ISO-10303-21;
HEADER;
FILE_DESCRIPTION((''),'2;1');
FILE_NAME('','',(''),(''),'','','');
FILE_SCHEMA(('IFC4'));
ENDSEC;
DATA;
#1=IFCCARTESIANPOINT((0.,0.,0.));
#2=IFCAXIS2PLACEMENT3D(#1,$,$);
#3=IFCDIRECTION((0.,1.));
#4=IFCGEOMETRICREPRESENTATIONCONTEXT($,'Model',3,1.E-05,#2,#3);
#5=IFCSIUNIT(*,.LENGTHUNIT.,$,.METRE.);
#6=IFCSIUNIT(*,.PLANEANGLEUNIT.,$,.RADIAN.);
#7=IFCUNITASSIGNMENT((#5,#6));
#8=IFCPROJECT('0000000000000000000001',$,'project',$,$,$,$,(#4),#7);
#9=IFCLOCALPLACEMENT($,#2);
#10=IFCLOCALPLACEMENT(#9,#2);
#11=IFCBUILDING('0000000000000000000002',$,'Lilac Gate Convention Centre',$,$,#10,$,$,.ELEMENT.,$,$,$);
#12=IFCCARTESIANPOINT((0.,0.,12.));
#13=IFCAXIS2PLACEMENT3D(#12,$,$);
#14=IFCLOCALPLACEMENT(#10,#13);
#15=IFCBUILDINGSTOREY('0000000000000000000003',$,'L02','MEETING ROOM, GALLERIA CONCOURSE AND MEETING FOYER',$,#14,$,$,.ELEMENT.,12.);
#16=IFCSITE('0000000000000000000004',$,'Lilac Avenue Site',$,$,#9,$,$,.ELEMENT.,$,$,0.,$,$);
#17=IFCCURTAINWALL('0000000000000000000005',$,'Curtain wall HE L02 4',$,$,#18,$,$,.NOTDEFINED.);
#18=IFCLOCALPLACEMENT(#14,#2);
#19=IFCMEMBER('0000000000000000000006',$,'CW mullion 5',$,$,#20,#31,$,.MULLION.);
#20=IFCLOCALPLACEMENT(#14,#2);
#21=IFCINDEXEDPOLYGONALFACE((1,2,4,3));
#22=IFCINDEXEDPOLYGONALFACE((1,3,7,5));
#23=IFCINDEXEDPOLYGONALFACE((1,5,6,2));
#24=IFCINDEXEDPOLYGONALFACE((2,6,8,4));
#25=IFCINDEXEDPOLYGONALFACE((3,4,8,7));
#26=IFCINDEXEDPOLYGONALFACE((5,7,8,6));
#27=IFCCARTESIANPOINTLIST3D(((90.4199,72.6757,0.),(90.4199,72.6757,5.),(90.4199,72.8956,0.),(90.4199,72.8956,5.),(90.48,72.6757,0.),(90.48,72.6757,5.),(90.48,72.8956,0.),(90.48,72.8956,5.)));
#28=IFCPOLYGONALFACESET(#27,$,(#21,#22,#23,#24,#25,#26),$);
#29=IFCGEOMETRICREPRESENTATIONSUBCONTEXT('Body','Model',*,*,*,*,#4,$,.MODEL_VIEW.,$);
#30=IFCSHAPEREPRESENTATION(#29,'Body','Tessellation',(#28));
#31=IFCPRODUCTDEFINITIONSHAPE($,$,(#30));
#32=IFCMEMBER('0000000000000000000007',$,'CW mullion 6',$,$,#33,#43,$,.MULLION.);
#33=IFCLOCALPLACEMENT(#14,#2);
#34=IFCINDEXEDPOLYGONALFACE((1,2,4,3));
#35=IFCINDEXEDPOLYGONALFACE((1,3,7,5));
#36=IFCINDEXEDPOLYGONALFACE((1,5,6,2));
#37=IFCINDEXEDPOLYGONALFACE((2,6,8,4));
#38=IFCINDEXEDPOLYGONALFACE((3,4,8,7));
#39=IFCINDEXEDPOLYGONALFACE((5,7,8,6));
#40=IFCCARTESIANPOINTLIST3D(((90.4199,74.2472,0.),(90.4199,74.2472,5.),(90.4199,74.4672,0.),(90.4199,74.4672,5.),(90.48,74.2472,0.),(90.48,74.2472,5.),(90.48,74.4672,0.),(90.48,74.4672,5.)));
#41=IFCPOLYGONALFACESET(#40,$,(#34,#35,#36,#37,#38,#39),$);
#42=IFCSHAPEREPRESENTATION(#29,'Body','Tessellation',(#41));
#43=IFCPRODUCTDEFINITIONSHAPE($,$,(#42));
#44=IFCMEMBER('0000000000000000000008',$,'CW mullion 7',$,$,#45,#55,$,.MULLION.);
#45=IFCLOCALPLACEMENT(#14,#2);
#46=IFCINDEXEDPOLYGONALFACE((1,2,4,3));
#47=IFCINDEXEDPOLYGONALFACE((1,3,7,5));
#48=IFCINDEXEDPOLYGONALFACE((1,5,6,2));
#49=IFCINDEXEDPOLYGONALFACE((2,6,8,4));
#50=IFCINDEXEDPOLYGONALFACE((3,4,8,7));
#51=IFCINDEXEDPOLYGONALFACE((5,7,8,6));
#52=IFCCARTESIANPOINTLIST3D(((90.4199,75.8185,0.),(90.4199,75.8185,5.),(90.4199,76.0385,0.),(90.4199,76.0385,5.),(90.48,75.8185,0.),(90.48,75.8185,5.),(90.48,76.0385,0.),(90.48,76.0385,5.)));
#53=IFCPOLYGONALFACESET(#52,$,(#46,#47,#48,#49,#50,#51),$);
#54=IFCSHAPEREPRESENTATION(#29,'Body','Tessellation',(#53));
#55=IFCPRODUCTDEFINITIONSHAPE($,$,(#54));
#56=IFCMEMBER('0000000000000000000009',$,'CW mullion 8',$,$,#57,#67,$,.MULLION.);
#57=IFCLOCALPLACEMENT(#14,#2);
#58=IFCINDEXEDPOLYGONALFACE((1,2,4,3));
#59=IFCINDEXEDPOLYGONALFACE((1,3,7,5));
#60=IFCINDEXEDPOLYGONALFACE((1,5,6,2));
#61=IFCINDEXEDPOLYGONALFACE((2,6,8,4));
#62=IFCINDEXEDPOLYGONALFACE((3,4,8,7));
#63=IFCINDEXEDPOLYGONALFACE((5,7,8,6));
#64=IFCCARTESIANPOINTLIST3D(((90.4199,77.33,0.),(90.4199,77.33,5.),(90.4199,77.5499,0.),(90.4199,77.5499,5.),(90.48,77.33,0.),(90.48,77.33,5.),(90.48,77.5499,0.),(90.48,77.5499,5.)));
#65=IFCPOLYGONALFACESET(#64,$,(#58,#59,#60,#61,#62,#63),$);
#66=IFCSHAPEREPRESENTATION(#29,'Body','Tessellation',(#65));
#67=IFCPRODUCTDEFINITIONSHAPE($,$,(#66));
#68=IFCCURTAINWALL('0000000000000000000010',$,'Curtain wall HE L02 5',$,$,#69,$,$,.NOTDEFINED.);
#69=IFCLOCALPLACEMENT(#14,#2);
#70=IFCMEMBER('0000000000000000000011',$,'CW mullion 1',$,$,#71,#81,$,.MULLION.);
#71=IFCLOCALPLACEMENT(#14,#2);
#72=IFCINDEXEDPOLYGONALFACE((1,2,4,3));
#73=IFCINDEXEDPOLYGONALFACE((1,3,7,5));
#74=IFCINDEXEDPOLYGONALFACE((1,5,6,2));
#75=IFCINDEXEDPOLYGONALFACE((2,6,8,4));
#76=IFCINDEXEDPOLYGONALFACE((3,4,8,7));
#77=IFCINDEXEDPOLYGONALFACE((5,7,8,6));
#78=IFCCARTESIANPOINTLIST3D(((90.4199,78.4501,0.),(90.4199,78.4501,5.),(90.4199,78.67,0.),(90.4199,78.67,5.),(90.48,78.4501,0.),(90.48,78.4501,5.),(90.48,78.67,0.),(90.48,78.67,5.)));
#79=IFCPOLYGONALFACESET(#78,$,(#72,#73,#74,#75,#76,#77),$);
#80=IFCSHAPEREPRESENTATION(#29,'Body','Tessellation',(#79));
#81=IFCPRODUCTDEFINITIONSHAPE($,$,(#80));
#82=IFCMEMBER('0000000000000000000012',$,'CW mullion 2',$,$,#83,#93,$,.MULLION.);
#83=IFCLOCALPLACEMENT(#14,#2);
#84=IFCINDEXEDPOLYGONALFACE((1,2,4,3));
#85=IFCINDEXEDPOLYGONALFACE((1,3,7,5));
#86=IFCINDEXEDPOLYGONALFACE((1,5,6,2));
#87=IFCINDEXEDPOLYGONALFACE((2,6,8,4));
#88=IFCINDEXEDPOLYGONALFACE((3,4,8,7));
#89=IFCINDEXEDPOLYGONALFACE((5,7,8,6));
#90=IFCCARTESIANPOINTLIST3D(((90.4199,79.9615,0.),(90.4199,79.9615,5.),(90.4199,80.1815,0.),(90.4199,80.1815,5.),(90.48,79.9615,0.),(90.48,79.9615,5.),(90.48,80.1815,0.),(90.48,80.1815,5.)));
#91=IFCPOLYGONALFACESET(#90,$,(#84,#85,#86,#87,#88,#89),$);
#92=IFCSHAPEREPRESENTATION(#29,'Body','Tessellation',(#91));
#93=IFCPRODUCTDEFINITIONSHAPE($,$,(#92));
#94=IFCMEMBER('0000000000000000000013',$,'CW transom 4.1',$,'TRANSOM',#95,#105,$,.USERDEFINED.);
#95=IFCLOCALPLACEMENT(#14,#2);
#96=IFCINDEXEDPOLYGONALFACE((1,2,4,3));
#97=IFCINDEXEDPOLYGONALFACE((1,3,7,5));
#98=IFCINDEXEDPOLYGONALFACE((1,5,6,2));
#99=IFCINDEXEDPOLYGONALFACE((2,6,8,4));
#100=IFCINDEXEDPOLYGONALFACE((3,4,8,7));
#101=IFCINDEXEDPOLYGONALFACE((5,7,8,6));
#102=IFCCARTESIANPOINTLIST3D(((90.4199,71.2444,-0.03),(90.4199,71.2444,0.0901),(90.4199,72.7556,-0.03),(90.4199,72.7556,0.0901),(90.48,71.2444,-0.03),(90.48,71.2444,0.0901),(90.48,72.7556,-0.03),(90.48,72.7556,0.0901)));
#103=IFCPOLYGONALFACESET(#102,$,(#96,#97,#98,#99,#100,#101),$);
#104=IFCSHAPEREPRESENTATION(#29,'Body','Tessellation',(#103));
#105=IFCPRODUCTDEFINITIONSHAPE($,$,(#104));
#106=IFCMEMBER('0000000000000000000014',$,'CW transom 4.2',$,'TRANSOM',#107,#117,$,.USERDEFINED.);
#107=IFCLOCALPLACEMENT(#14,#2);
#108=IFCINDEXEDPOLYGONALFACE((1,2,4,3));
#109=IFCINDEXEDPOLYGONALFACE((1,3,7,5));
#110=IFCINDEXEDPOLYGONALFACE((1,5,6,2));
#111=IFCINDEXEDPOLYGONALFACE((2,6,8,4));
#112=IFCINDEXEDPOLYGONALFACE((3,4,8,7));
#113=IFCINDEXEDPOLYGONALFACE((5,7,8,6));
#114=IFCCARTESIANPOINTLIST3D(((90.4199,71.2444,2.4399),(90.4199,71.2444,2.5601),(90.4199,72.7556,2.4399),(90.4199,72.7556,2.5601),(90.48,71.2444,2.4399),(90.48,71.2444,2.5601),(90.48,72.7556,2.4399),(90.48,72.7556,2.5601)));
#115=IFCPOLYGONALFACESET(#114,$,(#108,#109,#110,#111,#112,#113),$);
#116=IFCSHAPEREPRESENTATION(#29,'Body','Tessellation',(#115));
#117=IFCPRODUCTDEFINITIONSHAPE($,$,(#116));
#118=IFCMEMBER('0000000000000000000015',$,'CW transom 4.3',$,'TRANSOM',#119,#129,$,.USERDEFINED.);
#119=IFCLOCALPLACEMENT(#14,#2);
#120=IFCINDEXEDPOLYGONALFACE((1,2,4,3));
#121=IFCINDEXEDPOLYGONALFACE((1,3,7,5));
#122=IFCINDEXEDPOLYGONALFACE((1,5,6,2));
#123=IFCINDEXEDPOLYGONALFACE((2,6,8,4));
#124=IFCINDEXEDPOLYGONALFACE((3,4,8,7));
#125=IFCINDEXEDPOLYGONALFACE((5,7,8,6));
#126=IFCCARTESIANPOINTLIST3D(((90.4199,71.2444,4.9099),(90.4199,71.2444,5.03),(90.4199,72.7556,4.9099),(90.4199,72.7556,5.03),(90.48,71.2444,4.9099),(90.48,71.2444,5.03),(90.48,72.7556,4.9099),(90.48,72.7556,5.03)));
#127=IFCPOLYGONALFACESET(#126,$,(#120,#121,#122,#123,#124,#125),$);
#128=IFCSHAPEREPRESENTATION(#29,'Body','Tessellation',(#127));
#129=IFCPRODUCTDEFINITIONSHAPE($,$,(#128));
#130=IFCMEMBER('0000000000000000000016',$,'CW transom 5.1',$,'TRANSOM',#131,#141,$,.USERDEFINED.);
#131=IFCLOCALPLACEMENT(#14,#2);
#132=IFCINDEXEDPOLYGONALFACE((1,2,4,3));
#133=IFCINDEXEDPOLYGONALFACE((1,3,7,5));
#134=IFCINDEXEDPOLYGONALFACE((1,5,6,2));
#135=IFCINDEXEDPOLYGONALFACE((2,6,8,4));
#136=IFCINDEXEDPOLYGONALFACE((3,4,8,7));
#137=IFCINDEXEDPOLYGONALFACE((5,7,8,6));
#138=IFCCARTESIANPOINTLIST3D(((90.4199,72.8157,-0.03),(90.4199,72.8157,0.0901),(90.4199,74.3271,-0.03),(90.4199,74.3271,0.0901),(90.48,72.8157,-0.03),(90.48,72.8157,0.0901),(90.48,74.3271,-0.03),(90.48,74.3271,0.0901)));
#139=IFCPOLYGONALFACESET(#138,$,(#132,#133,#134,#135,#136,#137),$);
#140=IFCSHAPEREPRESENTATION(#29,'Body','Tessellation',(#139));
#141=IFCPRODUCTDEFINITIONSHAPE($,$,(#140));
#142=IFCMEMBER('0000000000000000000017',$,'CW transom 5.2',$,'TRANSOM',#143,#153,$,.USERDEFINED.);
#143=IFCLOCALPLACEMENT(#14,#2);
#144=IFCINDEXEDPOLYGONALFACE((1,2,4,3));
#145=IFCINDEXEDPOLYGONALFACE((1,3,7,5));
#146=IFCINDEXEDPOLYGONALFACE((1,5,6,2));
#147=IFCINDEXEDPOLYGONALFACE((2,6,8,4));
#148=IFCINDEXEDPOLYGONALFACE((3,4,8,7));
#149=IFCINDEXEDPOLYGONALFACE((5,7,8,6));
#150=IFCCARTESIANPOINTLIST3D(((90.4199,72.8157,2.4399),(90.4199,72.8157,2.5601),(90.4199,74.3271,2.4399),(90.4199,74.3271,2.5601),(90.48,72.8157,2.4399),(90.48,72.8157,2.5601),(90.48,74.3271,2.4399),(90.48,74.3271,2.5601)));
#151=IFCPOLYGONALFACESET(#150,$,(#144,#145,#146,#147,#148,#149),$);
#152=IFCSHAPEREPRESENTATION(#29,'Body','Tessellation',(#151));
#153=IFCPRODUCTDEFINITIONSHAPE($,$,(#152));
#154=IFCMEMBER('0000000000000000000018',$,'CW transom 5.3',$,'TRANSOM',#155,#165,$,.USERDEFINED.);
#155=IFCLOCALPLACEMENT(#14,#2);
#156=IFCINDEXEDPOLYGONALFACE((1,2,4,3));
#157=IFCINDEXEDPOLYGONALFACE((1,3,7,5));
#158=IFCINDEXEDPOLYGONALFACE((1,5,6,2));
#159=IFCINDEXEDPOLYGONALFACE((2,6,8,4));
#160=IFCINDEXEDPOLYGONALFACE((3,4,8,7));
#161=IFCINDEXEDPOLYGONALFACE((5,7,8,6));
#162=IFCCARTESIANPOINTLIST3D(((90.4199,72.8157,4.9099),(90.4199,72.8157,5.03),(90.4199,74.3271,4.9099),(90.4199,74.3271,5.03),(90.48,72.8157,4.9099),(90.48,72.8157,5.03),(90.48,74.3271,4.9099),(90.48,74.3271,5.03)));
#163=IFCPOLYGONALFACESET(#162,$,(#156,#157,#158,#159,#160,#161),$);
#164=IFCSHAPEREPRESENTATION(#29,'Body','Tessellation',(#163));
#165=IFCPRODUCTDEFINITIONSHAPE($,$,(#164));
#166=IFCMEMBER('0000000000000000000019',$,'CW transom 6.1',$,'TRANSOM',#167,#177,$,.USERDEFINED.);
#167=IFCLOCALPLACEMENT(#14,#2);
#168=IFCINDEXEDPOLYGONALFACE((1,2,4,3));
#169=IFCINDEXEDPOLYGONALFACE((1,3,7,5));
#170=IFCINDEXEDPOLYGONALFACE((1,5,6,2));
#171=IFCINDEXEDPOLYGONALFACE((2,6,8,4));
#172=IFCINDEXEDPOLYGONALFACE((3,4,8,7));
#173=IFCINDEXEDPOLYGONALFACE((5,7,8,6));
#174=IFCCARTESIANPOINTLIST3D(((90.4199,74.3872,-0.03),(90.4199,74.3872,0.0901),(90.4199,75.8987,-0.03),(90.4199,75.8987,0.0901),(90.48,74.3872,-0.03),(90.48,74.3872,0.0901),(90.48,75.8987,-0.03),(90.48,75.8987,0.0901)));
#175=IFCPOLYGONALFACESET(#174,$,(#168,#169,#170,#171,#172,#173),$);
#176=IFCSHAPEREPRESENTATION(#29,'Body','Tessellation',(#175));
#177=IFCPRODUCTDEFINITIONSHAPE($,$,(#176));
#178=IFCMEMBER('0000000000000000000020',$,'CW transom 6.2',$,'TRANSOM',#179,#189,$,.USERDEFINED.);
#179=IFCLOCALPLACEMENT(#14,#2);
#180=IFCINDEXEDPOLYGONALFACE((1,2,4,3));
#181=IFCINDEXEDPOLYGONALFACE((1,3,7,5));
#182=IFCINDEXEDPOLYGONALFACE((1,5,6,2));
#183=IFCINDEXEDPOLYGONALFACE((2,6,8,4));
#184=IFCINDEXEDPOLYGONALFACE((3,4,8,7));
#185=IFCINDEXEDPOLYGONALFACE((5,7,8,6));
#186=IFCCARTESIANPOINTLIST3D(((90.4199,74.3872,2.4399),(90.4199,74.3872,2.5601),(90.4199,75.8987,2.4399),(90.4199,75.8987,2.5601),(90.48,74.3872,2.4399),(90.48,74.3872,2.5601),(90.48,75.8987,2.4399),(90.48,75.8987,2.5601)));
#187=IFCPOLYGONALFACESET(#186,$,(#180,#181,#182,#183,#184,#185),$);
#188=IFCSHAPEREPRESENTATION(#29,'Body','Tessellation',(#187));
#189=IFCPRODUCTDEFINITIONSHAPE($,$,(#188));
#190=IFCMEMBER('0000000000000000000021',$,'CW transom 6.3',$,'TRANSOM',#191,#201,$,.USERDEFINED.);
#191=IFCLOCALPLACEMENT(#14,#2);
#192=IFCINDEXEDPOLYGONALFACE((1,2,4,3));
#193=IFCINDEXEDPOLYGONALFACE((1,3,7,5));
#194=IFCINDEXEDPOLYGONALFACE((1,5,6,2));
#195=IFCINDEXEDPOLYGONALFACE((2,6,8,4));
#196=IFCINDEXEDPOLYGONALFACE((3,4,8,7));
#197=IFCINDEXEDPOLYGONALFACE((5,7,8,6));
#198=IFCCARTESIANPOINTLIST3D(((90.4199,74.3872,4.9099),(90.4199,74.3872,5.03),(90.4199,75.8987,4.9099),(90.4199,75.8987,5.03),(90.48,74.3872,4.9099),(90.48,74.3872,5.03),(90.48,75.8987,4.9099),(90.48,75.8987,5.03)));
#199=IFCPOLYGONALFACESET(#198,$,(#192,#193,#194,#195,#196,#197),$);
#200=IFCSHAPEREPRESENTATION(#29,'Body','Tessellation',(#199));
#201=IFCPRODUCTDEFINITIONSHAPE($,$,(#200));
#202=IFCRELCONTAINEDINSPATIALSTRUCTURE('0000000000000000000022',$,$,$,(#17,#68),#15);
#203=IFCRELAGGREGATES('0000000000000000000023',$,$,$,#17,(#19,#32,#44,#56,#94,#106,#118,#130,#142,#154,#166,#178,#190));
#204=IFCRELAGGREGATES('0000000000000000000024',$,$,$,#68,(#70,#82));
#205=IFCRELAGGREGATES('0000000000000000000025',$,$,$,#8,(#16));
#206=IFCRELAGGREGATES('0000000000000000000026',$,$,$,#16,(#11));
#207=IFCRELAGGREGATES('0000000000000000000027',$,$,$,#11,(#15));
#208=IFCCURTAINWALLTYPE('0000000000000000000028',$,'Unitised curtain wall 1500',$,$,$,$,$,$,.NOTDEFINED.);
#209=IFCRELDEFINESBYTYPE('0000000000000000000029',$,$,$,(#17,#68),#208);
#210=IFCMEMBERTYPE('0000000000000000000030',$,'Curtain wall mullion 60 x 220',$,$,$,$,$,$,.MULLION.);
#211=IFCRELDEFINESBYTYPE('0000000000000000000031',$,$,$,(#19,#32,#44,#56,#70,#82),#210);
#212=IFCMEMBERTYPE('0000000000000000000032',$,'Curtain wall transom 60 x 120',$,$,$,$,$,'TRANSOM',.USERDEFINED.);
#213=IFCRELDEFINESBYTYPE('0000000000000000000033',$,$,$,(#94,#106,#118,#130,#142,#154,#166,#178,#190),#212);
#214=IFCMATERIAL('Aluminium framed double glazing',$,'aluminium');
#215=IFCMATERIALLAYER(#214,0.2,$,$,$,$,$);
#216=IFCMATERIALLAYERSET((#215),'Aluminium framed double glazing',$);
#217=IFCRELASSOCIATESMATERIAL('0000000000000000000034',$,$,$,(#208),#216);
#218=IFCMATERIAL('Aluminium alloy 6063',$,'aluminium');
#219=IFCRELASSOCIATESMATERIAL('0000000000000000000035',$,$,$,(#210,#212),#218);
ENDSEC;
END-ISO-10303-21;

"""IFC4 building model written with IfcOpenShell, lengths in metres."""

from ifc_helpers import new_model, si_unit, direction, frame, origin, origin_2d, place, context, subcontext, project, spatial, rectangle, extrude, material, layer, layer_set, material_profile, profile_set, type_object, element, aggregate, save


model = new_model("IFC4")

# Units and contexts
model_context = context("Model", 3, precision=1e-05, world=origin(), true_north=direction((0.0, 1.0)))
body_context = subcontext(model_context, "Body", "Model", "MODEL_VIEW")
ifc_project = project(units=[si_unit("LENGTHUNIT", "METRE"), si_unit("PLANEANGLEUNIT", "RADIAN")], contexts=[model_context])

# Site, building, storey
site_placement = place(None, origin())
site = spatial("IfcSite", under=ifc_project, at=site_placement, Name="Lilac Avenue Site", CompositionType="ELEMENT", RefElevation=0.0)
building_placement = place(site_placement, origin())
building = spatial("IfcBuilding", under=site, at=building_placement, Name="Lilac Gate Convention Centre", CompositionType="ELEMENT")
storey_placement = place(building_placement, frame((0.0, 0.0, 12.0)))
storey = spatial("IfcBuildingStorey", under=building, at=storey_placement, Name="L02", Description="MEETING ROOM, GALLERIA CONCOURSE AND MEETING FOYER", CompositionType="ELEMENT", Elevation=12.0)

# Curtain walls, members
ifc_material_1 = material(Name="Aluminium framed double glazing", Category="aluminium")
ifc_layer_1 = layer(ifc_material_1, 0.2)
ifc_layer_set_1 = layer_set([ifc_layer_1], Name="Aluminium framed double glazing")
curtain_wall_type = type_object("IfcCurtainWallType", Name="Unitised curtain wall 1500", PredefinedType="NOTDEFINED", material=ifc_layer_set_1)
curtain_wall_1_placement = place(storey_placement, origin())
curtain_wall_1 = element("IfcCurtainWall", 1, at=curtain_wall_1_placement, inside=storey, type_object=curtain_wall_type, Name="Curtain wall HE L02 4", PredefinedType="NOTDEFINED")
ifc_material_2 = material(Name="Aluminium alloy 6063", Category="aluminium")
ifc_material_profile_1 = material_profile(ifc_material_2, rectangle(XDim=0.0601, YDim=0.22, at=origin_2d()), Name="Curtain wall mullion 60 x 220")
ifc_profile_set_1 = profile_set([ifc_material_profile_1], Name="Aluminium alloy 6063")
member_type_1 = type_object("IfcMemberType", Name="Curtain wall mullion 60 x 220", PredefinedType="MULLION", material=ifc_profile_set_1)
member_1_placement = place(storey_placement, frame((90.45, 72.7856, 0.0), z_axis=(0.0, 0.0, 1.0), x_axis=(-1.0, 0.0, 0.0)))
member_1 = element("IfcMember", 2, at=member_1_placement, type_object=member_type_1, Name="CW mullion 5", PredefinedType="MULLION", context=body_context, shape_type="SweptSolid", body=[
    extrude(rectangle(XDim=0.0601, YDim=0.22, at=origin_2d()), origin(), (0.0, 0.0, 1.0), 5.0),
])
member_2_placement = place(storey_placement, frame((90.45, 74.3572, 0.0), z_axis=(0.0, 0.0, 1.0), x_axis=(-1.0, 0.0, 0.0)))
member_2 = element("IfcMember", 3, at=member_2_placement, type_object=member_type_1, Name="CW mullion 6", PredefinedType="MULLION", context=body_context, shape_type="SweptSolid", body=[
    extrude(rectangle(XDim=0.0601, YDim=0.22, at=origin_2d()), origin(), (0.0, 0.0, 1.0), 5.0),
])
member_3_placement = place(storey_placement, frame((90.45, 75.9285, 0.0), z_axis=(0.0, 0.0, 1.0), x_axis=(-1.0, 0.0, 0.0)))
member_3 = element("IfcMember", 4, at=member_3_placement, type_object=member_type_1, Name="CW mullion 7", PredefinedType="MULLION", context=body_context, shape_type="SweptSolid", body=[
    extrude(rectangle(XDim=0.0601, YDim=0.22, at=origin_2d()), origin(), (0.0, 0.0, 1.0), 5.0),
])
member_4_placement = place(storey_placement, frame((90.45, 77.4399, 0.0), z_axis=(0.0, 0.0, 1.0), x_axis=(-1.0, 0.0, 0.0)))
member_4 = element("IfcMember", 5, at=member_4_placement, type_object=member_type_1, Name="CW mullion 8", PredefinedType="MULLION", context=body_context, shape_type="SweptSolid", body=[
    extrude(rectangle(XDim=0.0601, YDim=0.22, at=origin_2d()), origin(), (0.0, 0.0, 1.0), 5.0),
])
curtain_wall_2_placement = place(storey_placement, origin())
curtain_wall_2 = element("IfcCurtainWall", 6, at=curtain_wall_2_placement, inside=storey, type_object=curtain_wall_type, Name="Curtain wall HE L02 5", PredefinedType="NOTDEFINED")
member_5_placement = place(storey_placement, frame((90.45, 78.5601, 0.0), z_axis=(0.0, 0.0, 1.0), x_axis=(-1.0, 0.0, 0.0)))
member_5 = element("IfcMember", 7, at=member_5_placement, type_object=member_type_1, Name="CW mullion 1", PredefinedType="MULLION", context=body_context, shape_type="SweptSolid", body=[
    extrude(rectangle(XDim=0.0601, YDim=0.22, at=origin_2d()), origin(), (0.0, 0.0, 1.0), 5.0),
])
member_6_placement = place(storey_placement, frame((90.45, 80.0715, 0.0), z_axis=(0.0, 0.0, 1.0), x_axis=(-1.0, 0.0, 0.0)))
member_6 = element("IfcMember", 8, at=member_6_placement, type_object=member_type_1, Name="CW mullion 2", PredefinedType="MULLION", context=body_context, shape_type="SweptSolid", body=[
    extrude(rectangle(XDim=0.0601, YDim=0.22, at=origin_2d()), origin(), (0.0, 0.0, 1.0), 5.0),
])

# Members
ifc_material_profile_2 = material_profile(ifc_material_2, rectangle(XDim=0.0601, YDim=0.1201, at=origin_2d()), Name="Curtain wall transom 60 x 120")
ifc_profile_set_2 = profile_set([ifc_material_profile_2], Name="Aluminium alloy 6063")
member_type_2 = type_object("IfcMemberType", Name="Curtain wall transom 60 x 120", ElementType="TRANSOM", PredefinedType="USERDEFINED", material=ifc_profile_set_2)
member_7_placement = place(storey_placement, frame((90.45, 71.2444, 0.03), z_axis=(0.0, 1.0, 0.0), x_axis=(-1.0, 0.0, 0.0)))
member_7 = element("IfcMember", 9, at=member_7_placement, type_object=member_type_2, Name="CW transom 4.1", ObjectType="TRANSOM", PredefinedType="USERDEFINED", context=body_context, shape_type="SweptSolid", body=[
    extrude(rectangle(XDim=0.0601, YDim=0.1201, at=origin_2d()), origin(), (0.0, 0.0, 1.0), 1.5112),
])
member_8_placement = place(storey_placement, frame((90.45, 71.2444, 2.5), z_axis=(0.0, 1.0, 0.0), x_axis=(-1.0, 0.0, 0.0)))
member_8 = element("IfcMember", 10, at=member_8_placement, type_object=member_type_2, Name="CW transom 4.2", ObjectType="TRANSOM", PredefinedType="USERDEFINED", context=body_context, shape_type="SweptSolid", body=[
    extrude(rectangle(XDim=0.0601, YDim=0.1201, at=origin_2d()), origin(), (0.0, 0.0, 1.0), 1.5112),
])
member_9_placement = place(storey_placement, frame((90.45, 71.2444, 4.97), z_axis=(0.0, 1.0, 0.0), x_axis=(-1.0, 0.0, 0.0)))
member_9 = element("IfcMember", 11, at=member_9_placement, type_object=member_type_2, Name="CW transom 4.3", ObjectType="TRANSOM", PredefinedType="USERDEFINED", context=body_context, shape_type="SweptSolid", body=[
    extrude(rectangle(XDim=0.0601, YDim=0.1201, at=origin_2d()), origin(), (0.0, 0.0, 1.0), 1.5112),
])
member_10_placement = place(storey_placement, frame((90.45, 72.8157, 0.03), z_axis=(0.0, 1.0, 0.0), x_axis=(-1.0, 0.0, 0.0)))
member_10 = element("IfcMember", 12, at=member_10_placement, type_object=member_type_2, Name="CW transom 5.1", ObjectType="TRANSOM", PredefinedType="USERDEFINED", context=body_context, shape_type="SweptSolid", body=[
    extrude(rectangle(XDim=0.0601, YDim=0.1201, at=origin_2d()), origin(), (0.0, 0.0, 1.0), 1.5115),
])
member_11_placement = place(storey_placement, frame((90.45, 72.8157, 2.5), z_axis=(0.0, 1.0, 0.0), x_axis=(-1.0, 0.0, 0.0)))
member_11 = element("IfcMember", 13, at=member_11_placement, type_object=member_type_2, Name="CW transom 5.2", ObjectType="TRANSOM", PredefinedType="USERDEFINED", context=body_context, shape_type="SweptSolid", body=[
    extrude(rectangle(XDim=0.0601, YDim=0.1201, at=origin_2d()), origin(), (0.0, 0.0, 1.0), 1.5115),
])
member_12_placement = place(storey_placement, frame((90.45, 72.8157, 4.97), z_axis=(0.0, 1.0, 0.0), x_axis=(-1.0, 0.0, 0.0)))
member_12 = element("IfcMember", 14, at=member_12_placement, type_object=member_type_2, Name="CW transom 5.3", ObjectType="TRANSOM", PredefinedType="USERDEFINED", context=body_context, shape_type="SweptSolid", body=[
    extrude(rectangle(XDim=0.0601, YDim=0.1201, at=origin_2d()), origin(), (0.0, 0.0, 1.0), 1.5115),
])
member_13_placement = place(storey_placement, frame((90.45, 74.3872, 0.03), z_axis=(0.0, 1.0, 0.0), x_axis=(-1.0, 0.0, 0.0)))
member_13 = element("IfcMember", 15, at=member_13_placement, type_object=member_type_2, Name="CW transom 6.1", ObjectType="TRANSOM", PredefinedType="USERDEFINED", context=body_context, shape_type="SweptSolid", body=[
    extrude(rectangle(XDim=0.0601, YDim=0.1201, at=origin_2d()), origin(), (0.0, 0.0, 1.0), 1.5115),
])
member_14_placement = place(storey_placement, frame((90.45, 74.3872, 2.5), z_axis=(0.0, 1.0, 0.0), x_axis=(-1.0, 0.0, 0.0)))
member_14 = element("IfcMember", 16, at=member_14_placement, type_object=member_type_2, Name="CW transom 6.2", ObjectType="TRANSOM", PredefinedType="USERDEFINED", context=body_context, shape_type="SweptSolid", body=[
    extrude(rectangle(XDim=0.0601, YDim=0.1201, at=origin_2d()), origin(), (0.0, 0.0, 1.0), 1.5115),
])
member_15_placement = place(storey_placement, frame((90.45, 74.3872, 4.97), z_axis=(0.0, 1.0, 0.0), x_axis=(-1.0, 0.0, 0.0)))
member_15 = element("IfcMember", 17, at=member_15_placement, type_object=member_type_2, Name="CW transom 6.3", ObjectType="TRANSOM", PredefinedType="USERDEFINED", context=body_context, shape_type="SweptSolid", body=[
    extrude(rectangle(XDim=0.0601, YDim=0.1201, at=origin_2d()), origin(), (0.0, 0.0, 1.0), 1.5115),
])

aggregate(curtain_wall_1, [member_1, member_2, member_3, member_4, member_7, member_8, member_9, member_10, member_11, member_12, member_13, member_14, member_15])
aggregate(curtain_wall_2, [member_5, member_6])

save(model, "model.ifc")
